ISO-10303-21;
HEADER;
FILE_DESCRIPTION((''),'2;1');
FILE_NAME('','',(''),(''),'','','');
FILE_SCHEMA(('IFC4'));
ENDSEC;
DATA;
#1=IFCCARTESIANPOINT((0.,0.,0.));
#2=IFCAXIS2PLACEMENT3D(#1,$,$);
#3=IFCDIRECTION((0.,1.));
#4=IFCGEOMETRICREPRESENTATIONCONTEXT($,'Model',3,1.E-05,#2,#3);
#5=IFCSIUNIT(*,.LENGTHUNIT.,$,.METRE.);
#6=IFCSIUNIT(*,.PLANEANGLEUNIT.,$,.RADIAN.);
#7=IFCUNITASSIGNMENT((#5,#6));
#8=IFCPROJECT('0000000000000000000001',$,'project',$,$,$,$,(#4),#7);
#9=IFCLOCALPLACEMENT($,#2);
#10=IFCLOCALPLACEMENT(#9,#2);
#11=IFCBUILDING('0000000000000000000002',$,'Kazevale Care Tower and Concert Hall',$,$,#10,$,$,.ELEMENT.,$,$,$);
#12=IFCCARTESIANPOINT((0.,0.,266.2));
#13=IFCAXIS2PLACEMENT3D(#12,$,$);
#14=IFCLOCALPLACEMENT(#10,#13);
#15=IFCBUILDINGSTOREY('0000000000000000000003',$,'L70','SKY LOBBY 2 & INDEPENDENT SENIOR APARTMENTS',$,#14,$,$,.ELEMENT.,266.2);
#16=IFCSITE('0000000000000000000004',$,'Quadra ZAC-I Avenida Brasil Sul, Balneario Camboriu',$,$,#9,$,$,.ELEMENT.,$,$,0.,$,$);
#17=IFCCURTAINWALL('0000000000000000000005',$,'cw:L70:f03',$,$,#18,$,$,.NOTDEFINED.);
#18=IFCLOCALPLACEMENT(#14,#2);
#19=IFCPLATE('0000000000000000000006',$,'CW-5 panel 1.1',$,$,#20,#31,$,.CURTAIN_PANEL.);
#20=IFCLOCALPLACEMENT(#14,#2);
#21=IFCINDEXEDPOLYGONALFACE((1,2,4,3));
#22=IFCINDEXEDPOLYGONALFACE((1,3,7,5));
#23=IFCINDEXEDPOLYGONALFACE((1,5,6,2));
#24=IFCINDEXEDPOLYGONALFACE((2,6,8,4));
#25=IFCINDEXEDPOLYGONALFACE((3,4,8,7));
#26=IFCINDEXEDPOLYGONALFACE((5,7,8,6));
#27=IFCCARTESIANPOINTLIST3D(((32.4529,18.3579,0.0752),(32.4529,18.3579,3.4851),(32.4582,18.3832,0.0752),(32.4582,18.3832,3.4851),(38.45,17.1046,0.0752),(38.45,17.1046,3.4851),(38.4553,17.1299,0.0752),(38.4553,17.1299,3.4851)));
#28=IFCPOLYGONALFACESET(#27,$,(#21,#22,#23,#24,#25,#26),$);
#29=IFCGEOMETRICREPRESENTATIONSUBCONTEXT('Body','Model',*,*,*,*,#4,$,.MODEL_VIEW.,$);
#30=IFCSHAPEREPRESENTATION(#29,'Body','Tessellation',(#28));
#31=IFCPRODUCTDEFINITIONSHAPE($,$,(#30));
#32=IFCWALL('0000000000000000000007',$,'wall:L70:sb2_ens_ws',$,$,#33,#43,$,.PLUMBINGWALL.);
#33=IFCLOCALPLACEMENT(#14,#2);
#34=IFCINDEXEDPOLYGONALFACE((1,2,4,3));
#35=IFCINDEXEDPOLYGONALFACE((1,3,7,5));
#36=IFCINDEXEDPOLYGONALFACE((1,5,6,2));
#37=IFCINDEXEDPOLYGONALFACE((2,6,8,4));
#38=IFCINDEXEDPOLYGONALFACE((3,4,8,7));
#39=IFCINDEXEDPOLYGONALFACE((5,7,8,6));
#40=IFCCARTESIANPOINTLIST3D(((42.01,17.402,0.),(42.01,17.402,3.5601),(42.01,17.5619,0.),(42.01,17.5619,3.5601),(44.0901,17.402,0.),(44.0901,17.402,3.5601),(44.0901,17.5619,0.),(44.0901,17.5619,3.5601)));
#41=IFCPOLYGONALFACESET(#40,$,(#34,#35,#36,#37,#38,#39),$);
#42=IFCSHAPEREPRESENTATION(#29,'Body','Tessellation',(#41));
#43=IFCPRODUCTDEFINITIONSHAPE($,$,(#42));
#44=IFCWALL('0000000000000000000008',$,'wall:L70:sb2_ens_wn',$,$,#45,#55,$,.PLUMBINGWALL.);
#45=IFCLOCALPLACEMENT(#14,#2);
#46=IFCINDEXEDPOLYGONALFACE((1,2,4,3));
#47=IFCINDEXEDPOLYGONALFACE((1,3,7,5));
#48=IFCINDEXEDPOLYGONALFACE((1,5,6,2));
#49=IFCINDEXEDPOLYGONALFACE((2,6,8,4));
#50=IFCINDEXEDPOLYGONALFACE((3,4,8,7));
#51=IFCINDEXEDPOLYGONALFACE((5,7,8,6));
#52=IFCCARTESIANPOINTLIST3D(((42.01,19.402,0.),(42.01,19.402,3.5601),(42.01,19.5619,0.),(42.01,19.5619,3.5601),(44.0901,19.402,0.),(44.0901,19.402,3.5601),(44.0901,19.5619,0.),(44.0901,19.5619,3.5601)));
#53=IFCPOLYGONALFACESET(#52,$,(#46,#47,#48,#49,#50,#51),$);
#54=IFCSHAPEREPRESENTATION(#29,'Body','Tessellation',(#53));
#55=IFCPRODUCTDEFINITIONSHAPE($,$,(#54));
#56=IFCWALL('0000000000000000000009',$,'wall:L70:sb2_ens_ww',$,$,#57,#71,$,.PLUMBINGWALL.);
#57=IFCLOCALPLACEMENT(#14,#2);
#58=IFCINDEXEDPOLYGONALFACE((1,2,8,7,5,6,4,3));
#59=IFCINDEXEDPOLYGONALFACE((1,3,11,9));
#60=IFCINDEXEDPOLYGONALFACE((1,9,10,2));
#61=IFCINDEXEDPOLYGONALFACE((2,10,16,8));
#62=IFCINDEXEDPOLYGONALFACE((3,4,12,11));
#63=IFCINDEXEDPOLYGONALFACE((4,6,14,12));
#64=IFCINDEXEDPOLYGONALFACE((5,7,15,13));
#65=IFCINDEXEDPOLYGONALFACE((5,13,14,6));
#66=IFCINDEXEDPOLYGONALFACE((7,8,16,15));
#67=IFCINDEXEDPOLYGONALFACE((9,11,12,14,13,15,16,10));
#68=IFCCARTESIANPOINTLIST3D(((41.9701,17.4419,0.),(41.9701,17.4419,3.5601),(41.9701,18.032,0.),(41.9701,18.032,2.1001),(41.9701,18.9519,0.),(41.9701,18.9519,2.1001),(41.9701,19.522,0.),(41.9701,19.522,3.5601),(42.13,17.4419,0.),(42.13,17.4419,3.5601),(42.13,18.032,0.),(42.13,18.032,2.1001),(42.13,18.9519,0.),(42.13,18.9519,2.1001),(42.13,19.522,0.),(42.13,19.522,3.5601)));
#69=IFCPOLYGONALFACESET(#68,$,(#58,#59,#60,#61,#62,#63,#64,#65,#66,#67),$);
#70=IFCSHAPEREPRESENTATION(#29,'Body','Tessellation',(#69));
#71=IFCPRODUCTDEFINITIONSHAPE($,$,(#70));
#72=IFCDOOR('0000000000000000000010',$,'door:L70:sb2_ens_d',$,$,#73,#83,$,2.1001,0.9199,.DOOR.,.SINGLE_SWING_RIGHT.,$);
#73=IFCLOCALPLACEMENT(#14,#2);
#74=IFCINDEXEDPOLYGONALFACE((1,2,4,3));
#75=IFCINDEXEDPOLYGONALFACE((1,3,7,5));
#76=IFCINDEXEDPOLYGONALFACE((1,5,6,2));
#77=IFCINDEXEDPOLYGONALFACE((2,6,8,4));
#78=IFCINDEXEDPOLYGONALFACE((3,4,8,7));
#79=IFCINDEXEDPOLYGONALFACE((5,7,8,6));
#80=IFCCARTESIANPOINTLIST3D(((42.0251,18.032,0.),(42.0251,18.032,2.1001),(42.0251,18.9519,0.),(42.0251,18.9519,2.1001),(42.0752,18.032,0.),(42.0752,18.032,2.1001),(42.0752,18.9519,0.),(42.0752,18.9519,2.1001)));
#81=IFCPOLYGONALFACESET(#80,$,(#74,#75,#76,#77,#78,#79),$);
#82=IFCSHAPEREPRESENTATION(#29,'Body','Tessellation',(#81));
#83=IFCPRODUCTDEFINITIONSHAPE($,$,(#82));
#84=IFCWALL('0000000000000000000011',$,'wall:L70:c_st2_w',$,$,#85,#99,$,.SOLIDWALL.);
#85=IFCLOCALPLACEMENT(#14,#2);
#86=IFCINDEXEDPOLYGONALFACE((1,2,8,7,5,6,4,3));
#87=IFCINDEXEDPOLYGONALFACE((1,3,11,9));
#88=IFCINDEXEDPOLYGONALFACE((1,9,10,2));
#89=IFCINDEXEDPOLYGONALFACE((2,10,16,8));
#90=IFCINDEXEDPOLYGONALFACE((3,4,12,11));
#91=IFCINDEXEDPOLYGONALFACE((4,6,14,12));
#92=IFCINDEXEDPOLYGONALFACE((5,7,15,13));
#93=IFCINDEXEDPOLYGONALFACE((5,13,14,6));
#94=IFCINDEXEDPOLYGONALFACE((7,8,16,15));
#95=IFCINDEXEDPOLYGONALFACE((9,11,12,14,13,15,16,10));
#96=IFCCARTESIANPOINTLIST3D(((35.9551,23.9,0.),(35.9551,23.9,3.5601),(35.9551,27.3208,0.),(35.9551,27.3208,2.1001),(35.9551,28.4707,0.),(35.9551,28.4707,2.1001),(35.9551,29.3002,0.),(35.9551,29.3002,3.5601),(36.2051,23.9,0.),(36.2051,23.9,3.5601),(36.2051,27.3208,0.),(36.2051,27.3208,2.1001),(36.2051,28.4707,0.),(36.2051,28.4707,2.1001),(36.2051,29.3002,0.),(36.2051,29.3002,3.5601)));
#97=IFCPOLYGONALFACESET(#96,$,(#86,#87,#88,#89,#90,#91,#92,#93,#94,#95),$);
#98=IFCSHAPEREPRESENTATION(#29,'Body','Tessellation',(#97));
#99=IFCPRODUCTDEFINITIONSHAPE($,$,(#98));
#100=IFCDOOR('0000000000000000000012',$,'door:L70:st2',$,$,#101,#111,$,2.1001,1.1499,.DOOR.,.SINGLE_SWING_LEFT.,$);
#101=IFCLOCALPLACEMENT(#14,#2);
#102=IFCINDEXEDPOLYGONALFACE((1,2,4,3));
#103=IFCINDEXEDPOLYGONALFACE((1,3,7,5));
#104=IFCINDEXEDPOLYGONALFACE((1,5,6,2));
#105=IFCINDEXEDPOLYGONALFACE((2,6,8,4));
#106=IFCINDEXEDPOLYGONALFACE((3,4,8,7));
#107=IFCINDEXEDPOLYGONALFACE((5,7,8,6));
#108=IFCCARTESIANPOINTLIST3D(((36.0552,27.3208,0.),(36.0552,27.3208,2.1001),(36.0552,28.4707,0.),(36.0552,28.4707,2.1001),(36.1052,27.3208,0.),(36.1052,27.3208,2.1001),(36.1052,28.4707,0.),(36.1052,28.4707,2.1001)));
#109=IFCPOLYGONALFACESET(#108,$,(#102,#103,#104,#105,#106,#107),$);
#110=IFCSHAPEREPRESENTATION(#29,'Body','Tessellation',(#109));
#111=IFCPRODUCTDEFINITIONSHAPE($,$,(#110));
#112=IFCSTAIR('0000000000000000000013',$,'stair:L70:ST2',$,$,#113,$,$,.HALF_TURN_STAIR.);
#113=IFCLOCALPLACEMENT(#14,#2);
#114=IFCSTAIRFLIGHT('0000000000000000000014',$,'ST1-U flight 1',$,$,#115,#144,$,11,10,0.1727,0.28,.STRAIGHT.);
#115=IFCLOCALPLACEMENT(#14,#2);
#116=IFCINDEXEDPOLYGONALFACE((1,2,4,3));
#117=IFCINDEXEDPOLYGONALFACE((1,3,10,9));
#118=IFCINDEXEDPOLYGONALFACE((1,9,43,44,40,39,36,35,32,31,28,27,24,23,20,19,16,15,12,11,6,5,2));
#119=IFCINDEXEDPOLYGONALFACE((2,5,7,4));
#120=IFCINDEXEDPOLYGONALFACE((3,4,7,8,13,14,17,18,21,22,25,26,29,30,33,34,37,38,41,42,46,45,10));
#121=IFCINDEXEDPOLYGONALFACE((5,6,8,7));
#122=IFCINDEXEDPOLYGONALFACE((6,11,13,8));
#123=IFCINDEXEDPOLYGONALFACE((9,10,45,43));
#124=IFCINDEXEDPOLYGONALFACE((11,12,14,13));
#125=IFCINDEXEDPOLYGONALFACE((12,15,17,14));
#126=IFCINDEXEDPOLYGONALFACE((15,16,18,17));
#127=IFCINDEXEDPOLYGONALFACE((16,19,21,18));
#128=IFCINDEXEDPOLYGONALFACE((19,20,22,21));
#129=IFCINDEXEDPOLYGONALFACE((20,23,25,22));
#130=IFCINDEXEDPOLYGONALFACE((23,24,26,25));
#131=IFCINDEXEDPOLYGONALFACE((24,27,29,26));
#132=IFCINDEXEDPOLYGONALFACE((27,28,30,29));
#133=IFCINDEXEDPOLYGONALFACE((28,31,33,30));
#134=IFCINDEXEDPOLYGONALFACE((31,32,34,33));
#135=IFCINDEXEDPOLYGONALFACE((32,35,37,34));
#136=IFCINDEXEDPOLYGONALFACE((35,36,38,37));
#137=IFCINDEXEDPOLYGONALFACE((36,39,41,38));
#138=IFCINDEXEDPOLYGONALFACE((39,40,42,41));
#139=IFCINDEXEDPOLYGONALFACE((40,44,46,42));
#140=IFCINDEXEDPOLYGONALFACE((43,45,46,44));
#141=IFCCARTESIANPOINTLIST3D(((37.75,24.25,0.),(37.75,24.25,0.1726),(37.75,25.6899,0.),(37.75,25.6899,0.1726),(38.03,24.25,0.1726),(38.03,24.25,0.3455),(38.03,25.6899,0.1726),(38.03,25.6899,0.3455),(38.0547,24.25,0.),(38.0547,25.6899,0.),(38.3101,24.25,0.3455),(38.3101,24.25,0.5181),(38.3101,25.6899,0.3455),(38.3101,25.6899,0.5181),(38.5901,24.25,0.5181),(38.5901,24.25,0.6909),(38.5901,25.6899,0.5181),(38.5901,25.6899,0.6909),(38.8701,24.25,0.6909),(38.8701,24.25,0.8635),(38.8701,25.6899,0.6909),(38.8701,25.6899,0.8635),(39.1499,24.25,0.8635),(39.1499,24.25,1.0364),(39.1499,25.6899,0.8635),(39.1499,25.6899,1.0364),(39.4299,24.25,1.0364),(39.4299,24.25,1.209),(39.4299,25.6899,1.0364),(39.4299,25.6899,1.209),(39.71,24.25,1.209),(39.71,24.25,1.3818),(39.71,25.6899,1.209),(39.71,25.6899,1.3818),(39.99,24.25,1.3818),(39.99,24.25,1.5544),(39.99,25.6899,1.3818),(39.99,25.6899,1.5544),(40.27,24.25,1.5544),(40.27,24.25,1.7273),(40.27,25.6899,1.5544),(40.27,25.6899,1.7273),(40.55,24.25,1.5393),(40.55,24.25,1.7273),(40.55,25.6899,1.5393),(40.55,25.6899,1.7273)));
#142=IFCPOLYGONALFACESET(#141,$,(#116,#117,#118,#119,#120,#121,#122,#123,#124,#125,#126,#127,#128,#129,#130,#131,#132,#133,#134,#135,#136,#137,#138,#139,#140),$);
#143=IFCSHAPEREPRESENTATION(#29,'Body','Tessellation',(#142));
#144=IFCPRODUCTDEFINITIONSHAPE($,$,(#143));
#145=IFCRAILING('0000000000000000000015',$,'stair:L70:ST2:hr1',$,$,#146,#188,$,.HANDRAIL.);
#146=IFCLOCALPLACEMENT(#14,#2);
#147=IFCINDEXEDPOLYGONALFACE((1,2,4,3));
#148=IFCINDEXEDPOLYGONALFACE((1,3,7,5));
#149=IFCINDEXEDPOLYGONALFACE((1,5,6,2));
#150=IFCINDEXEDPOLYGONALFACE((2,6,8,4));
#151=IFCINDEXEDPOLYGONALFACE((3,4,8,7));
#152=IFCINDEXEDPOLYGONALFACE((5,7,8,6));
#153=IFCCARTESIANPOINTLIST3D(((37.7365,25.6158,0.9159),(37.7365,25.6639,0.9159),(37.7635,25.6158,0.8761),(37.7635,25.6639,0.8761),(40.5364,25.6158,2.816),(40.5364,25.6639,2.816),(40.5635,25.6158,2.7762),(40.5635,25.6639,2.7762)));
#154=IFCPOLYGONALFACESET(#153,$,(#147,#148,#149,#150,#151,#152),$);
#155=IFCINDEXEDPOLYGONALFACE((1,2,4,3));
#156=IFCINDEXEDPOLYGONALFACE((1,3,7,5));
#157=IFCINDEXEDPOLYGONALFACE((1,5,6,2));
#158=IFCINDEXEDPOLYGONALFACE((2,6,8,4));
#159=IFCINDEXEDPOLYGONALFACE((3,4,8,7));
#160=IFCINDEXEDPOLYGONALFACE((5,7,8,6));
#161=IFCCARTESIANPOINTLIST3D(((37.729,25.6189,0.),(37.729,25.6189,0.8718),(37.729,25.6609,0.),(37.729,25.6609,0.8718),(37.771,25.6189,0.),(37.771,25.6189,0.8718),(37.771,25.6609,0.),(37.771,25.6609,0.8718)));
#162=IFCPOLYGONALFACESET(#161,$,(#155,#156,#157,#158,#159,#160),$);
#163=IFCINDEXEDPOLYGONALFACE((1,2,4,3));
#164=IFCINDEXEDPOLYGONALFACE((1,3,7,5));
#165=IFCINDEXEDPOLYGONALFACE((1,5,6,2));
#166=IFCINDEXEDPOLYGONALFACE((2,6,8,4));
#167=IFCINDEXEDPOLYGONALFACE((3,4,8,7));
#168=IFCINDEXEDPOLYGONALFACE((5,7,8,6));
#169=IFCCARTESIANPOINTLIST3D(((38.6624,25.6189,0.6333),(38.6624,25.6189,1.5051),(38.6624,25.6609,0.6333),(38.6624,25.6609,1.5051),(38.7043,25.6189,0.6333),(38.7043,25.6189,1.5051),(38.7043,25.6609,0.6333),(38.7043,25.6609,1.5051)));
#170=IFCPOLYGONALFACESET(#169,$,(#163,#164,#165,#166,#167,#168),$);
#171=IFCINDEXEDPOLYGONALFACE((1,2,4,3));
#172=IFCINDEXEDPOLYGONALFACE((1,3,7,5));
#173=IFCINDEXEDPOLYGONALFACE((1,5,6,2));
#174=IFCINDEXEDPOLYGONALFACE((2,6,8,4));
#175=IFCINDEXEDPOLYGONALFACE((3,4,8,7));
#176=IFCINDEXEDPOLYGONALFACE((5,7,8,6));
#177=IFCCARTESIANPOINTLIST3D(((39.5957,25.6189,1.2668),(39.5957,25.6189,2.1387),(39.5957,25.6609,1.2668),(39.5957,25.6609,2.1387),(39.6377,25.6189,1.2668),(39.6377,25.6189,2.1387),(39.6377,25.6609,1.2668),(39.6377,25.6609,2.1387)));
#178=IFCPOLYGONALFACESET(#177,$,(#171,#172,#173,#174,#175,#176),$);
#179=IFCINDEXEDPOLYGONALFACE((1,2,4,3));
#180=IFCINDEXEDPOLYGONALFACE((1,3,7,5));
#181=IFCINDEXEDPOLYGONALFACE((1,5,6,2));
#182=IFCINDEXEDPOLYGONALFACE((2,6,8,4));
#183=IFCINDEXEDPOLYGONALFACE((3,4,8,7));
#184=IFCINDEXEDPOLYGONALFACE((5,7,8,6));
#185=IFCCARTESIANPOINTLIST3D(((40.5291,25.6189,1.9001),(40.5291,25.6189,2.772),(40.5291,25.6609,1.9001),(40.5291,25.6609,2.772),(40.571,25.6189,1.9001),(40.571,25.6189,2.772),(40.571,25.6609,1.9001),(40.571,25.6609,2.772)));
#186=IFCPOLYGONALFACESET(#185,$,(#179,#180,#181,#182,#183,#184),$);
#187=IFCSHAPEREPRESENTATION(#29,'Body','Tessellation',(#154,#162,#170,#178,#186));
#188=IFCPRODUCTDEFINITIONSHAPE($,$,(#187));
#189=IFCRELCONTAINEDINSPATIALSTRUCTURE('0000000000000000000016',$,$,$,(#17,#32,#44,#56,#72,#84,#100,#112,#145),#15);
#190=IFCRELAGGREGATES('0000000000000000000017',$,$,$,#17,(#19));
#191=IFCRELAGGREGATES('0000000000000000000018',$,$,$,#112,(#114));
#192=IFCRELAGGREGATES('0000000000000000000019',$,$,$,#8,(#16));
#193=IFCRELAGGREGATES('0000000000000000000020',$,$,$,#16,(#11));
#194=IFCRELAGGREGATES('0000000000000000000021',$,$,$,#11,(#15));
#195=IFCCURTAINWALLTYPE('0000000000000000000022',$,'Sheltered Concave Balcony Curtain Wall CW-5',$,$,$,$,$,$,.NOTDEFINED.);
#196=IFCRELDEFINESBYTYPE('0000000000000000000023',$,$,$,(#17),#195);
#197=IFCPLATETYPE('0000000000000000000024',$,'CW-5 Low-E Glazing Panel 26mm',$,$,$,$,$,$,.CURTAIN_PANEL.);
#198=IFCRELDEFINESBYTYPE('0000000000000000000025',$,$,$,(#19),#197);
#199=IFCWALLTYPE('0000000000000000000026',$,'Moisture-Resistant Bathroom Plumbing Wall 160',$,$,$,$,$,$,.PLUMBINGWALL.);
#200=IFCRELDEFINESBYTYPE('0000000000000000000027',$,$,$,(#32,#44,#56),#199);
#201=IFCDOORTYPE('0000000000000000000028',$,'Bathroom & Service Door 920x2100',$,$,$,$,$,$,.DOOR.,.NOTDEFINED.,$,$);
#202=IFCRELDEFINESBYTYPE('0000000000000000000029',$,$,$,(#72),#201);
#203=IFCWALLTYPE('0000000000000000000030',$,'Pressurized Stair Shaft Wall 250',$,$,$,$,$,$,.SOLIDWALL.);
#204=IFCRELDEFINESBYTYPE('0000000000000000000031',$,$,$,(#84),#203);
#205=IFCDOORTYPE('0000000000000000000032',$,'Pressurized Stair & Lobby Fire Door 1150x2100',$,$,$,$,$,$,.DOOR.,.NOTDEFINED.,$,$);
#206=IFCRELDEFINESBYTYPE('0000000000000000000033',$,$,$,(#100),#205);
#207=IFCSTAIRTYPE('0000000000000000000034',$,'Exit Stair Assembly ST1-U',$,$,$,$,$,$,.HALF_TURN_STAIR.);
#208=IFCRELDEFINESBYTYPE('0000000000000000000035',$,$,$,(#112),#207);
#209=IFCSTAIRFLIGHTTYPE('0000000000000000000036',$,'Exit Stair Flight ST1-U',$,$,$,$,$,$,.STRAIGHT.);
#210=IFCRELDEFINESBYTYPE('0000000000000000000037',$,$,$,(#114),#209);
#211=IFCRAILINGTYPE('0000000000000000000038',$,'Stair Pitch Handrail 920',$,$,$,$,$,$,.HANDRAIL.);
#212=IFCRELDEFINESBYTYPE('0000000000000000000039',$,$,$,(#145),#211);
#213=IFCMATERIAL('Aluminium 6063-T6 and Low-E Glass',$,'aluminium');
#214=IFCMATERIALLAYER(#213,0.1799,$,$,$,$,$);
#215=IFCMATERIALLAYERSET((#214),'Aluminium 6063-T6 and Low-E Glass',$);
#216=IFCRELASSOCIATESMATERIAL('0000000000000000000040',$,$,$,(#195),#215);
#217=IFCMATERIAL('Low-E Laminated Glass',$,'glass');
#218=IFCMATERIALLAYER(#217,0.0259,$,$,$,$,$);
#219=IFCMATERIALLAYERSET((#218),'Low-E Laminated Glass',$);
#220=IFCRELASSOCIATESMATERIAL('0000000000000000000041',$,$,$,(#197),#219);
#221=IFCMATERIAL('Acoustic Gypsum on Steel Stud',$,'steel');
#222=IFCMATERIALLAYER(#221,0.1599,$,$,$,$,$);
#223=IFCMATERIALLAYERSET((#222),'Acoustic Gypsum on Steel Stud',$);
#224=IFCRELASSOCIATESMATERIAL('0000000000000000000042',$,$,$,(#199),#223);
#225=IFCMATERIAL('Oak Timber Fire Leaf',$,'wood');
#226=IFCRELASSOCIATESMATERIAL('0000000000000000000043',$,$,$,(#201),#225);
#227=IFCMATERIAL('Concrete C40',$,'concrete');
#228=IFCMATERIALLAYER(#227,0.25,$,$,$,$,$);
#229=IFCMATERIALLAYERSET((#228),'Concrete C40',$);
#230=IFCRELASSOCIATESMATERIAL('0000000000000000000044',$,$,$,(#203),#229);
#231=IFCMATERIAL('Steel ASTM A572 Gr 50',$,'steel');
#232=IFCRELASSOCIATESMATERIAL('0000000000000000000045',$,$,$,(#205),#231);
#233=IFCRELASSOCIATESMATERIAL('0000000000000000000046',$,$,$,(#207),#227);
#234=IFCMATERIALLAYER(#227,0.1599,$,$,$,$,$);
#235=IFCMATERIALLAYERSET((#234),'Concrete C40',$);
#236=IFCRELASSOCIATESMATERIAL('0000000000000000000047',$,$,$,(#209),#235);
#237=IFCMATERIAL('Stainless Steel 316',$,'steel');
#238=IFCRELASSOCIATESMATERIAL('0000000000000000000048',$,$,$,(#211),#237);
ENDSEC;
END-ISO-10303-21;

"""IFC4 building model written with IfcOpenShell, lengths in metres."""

from ifc_helpers import new_model, si_unit, direction, frame, frame_2d, origin, origin_2d, place, context, subcontext, project, spatial, polyline, rectangle, outline, extrude, material, layer, layer_set, type_object, element, fill, aggregate, save


model = new_model("IFC4")

# Units and contexts
model_context = context("Model", 3, precision=1e-05, world=origin(), true_north=direction((0.0, 1.0)))
body_context = subcontext(model_context, "Body", "Model", "MODEL_VIEW")
ifc_project = project(units=[si_unit("LENGTHUNIT", "METRE"), si_unit("PLANEANGLEUNIT", "RADIAN")], contexts=[model_context])

# Site, building, storey
site_placement = place(None, origin())
site = spatial("IfcSite", under=ifc_project, at=site_placement, Name="Quadra ZAC-I Avenida Brasil Sul, Balneario Camboriu", CompositionType="ELEMENT", RefElevation=0.0)
building_placement = place(site_placement, origin())
building = spatial("IfcBuilding", under=site, at=building_placement, Name="Kazevale Care Tower and Concert Hall", CompositionType="ELEMENT")
storey_placement = place(building_placement, frame((0.0, 0.0, 266.2)))
storey = spatial("IfcBuildingStorey", under=building, at=storey_placement, Name="L70", Description="SKY LOBBY 2 & INDEPENDENT SENIOR APARTMENTS", CompositionType="ELEMENT", Elevation=266.2)

# Shared definitions
ifc_material_1 = material(Name="Aluminium 6063-T6 and Low-E Glass", Category="aluminium")
ifc_layer_1 = layer(ifc_material_1, 0.1799)
ifc_layer_set_1 = layer_set([ifc_layer_1], Name="Aluminium 6063-T6 and Low-E Glass")
curtain_wall_type = type_object("IfcCurtainWallType", Name="Sheltered Concave Balcony Curtain Wall CW-5", PredefinedType="NOTDEFINED", material=ifc_layer_set_1)

# Curtain wall
curtain_wall_1_placement = place(storey_placement, origin())
curtain_wall_1 = element("IfcCurtainWall", 1, at=curtain_wall_1_placement, inside=storey, type_object=curtain_wall_type, Name="cw:L70:f03", PredefinedType="NOTDEFINED")

# Shared definitions
ifc_material_2 = material(Name="Steel ASTM A572 Gr 50", Category="steel")

# Plate
ifc_material_3 = material(Name="Low-E Laminated Glass", Category="glass")
ifc_layer_2 = layer(ifc_material_3, 0.0259)
ifc_layer_set_2 = layer_set([ifc_layer_2], Name="Low-E Laminated Glass")
plate_type = type_object("IfcPlateType", Name="CW-5 Low-E Glazing Panel 26mm", PredefinedType="CURTAIN_PANEL", material=ifc_layer_set_2)
plate_1_placement = place(storey_placement, frame((35.4541, 17.7439, 0.0752), z_axis=(0.0, 0.0, 1.0), x_axis=(-0.978853, 0.204565, 0.0)))
plate_1 = element("IfcPlate", 2, at=plate_1_placement, type_object=plate_type, Name="CW-5 panel 1.1", PredefinedType="CURTAIN_PANEL", context=body_context, shape_type="SweptSolid", body=[
    extrude(rectangle(XDim=6.1267, YDim=0.0259, at=origin_2d()), origin(), (0.0, 0.0, 1.0), 3.4099),
])
aggregate(curtain_wall_1, [plate_1])

# Walls
ifc_material_4 = material(Name="Acoustic Gypsum on Steel Stud", Category="steel")
ifc_layer_3 = layer(ifc_material_4, 0.1599)
ifc_layer_set_3 = layer_set([ifc_layer_3], Name="Acoustic Gypsum on Steel Stud")
wall_type_1 = type_object("IfcWallType", Name="Moisture-Resistant Bathroom Plumbing Wall 160", PredefinedType="PLUMBINGWALL", material=ifc_layer_set_3)
for number, where, z_axis, x_axis, name in (
    (3, (42.01, 17.4819, 0.0), (0.0, 0.0, 1.0), (1.0, 0.0, 0.0), "wall:L70:sb2_ens_ws"),
    (4, (42.01, 19.4819, 0.0), (0.0, 0.0, 1.0), (1.0, 0.0, 0.0), "wall:L70:sb2_ens_wn"),
):
    element("IfcWall", number, at=place(storey_placement, frame(where, z_axis=z_axis, x_axis=x_axis)), inside=storey, type_object=wall_type_1, Name=name, PredefinedType="PLUMBINGWALL", context=body_context, shape_type="SweptSolid", body=[
        extrude(rectangle(XDim=2.0801, YDim=0.1599, at=frame_2d((1.04, 0.0))), origin(), (0.0, 0.0, 1.0), 3.5601),
    ])

# Walls, openings, doors
wall_1_placement = place(storey_placement, frame((42.05, 17.4419, 0.0), z_axis=(0.0, 0.0, 1.0), x_axis=(0.0, 1.0, 0.0)))
wall_1 = element("IfcWall", 5, at=wall_1_placement, inside=storey, type_object=wall_type_1, Name="wall:L70:sb2_ens_ww", PredefinedType="PLUMBINGWALL", context=body_context, shape_type="SweptSolid", body=[
    extrude(rectangle(XDim=2.0801, YDim=0.1599, at=frame_2d((1.04, 0.0))), origin(), (0.0, 0.0, 1.0), 3.5601),
])
opening_1_placement = place(wall_1_placement, frame((0.5901, 0.0, 0.0)))
opening_1 = element("IfcOpeningElement", 6, at=opening_1_placement, cuts=wall_1, PredefinedType="OPENING", context=body_context, shape_type="SweptSolid", body=[
    extrude(rectangle(XDim=0.9199, YDim=2.1001, at=frame_2d((0.46, 1.05))), frame((0.0, 0.0898, 0.0), z_axis=(0.0, -1.0, 0.0), x_axis=(1.0, 0.0, 0.0)), (0.0, 0.0, 1.0), 0.1799),
])
ifc_material_5 = material(Name="Oak Timber Fire Leaf", Category="wood")
door_type_1 = type_object("IfcDoorType", Name="Bathroom & Service Door 920x2100", OperationType="NOTDEFINED", PredefinedType="DOOR", material=ifc_material_5)
door_1_placement = place(opening_1_placement, origin())
door_1 = element("IfcDoor", 7, at=door_1_placement, inside=storey, type_object=door_type_1, Name="door:L70:sb2_ens_d", OperationType="SINGLE_SWING_RIGHT", OverallHeight=2.1001, OverallWidth=0.9199, PredefinedType="DOOR", context=body_context, shape_type="SweptSolid", body=[
    extrude(rectangle(XDim=0.9199, YDim=2.1001, at=frame_2d((0.46, 1.05))), frame((0.0, 0.0249, 0.0), z_axis=(0.0, -1.0, 0.0), x_axis=(1.0, 0.0, 0.0)), (0.0, 0.0, 1.0), 0.05),
])
fill(opening_1, door_1)
ifc_material_6 = material(Name="Concrete C40", Category="concrete")
ifc_layer_4 = layer(ifc_material_6, 0.25)
ifc_layer_set_4 = layer_set([ifc_layer_4], Name="Concrete C40")
wall_type_2 = type_object("IfcWallType", Name="Pressurized Stair Shaft Wall 250", PredefinedType="SOLIDWALL", material=ifc_layer_set_4)
wall_2_placement = place(storey_placement, frame((36.0801, 23.8999, 0.0), z_axis=(0.0, 0.0, 1.0), x_axis=(0.0, 1.0, 0.0)))
wall_2 = element("IfcWall", 8, at=wall_2_placement, inside=storey, type_object=wall_type_2, Name="wall:L70:c_st2_w", PredefinedType="SOLIDWALL", context=body_context, shape_type="SweptSolid", body=[
    extrude(rectangle(XDim=5.4001, YDim=0.25, at=frame_2d((2.7002, 0.0))), origin(), (0.0, 0.0, 1.0), 3.5601),
])
opening_2_placement = place(wall_2_placement, frame((3.4209, 0.0, 0.0)))
opening_2 = element("IfcOpeningElement", 9, at=opening_2_placement, cuts=wall_2, PredefinedType="OPENING", context=body_context, shape_type="SweptSolid", body=[
    extrude(rectangle(XDim=1.1499, YDim=2.1001, at=frame_2d((0.575, 1.05))), frame((0.0, 0.135, 0.0), z_axis=(0.0, -1.0, 0.0), x_axis=(1.0, 0.0, 0.0)), (0.0, 0.0, 1.0), 0.27),
])
door_type_2 = type_object("IfcDoorType", Name="Pressurized Stair & Lobby Fire Door 1150x2100", OperationType="NOTDEFINED", PredefinedType="DOOR", material=ifc_material_2)
door_2_placement = place(opening_2_placement, origin())
door_2 = element("IfcDoor", 10, at=door_2_placement, inside=storey, type_object=door_type_2, Name="door:L70:st2", OperationType="SINGLE_SWING_LEFT", OverallHeight=2.1001, OverallWidth=1.1499, PredefinedType="DOOR", context=body_context, shape_type="SweptSolid", body=[
    extrude(rectangle(XDim=1.1499, YDim=2.1001, at=frame_2d((0.575, 1.05))), frame((0.0, 0.0249, 0.0), z_axis=(0.0, -1.0, 0.0), x_axis=(1.0, 0.0, 0.0)), (0.0, 0.0, 1.0), 0.05),
])
fill(opening_2, door_2)

# Stair, stair flight
stair_type = type_object("IfcStairType", Name="Exit Stair Assembly ST1-U", PredefinedType="HALF_TURN_STAIR", material=ifc_material_6)
stair_placement = place(storey_placement, origin())
stair = element("IfcStair", 11, at=stair_placement, inside=storey, type_object=stair_type, Name="stair:L70:ST2", PredefinedType="HALF_TURN_STAIR")
ifc_layer_5 = layer(ifc_material_6, 0.1599)
ifc_layer_set_5 = layer_set([ifc_layer_5], Name="Concrete C40")
stair_flight_type = type_object("IfcStairFlightType", Name="Exit Stair Flight ST1-U", PredefinedType="STRAIGHT", material=ifc_layer_set_5)
stair_flight_placement = place(storey_placement, frame((37.75, 24.97, 0.0), z_axis=(0.0, 0.0, 1.0), x_axis=(1.0, 0.0, 0.0)))
stair_flight = element("IfcStairFlight", 12, at=stair_flight_placement, type_object=stair_flight_type, Name="ST1-U flight 1", NumberOfRisers=11, NumberOfTreads=10, PredefinedType="STRAIGHT", RiserHeight=0.1727, TreadLength=0.28, context=body_context, shape_type="SweptSolid", body=[
    extrude(outline(polyline([(0.0, 0.0), (0.0, 0.1726), (0.28, 0.1726), (0.28, 0.3455), (0.5601, 0.3455), (0.5601, 0.5181), (0.8401, 0.5181), (0.8401, 0.6909), (1.1201, 0.6909), (1.1201, 0.8635), (1.3999, 0.8635), (1.3999, 1.0364), (1.6799, 1.0364), (1.6799, 1.209), (1.96, 1.209), (1.96, 1.3818), (2.24, 1.3818), (2.24, 1.5544), (2.52, 1.5544), (2.52, 1.7273), (2.8, 1.7273), (2.8, 1.8999), (2.8, 1.5393), (0.3047, 0.0), (0.0, 0.0)])), frame((0.0, 0.72, 0.0), z_axis=(0.0, -1.0, 0.0), x_axis=(1.0, 0.0, 0.0)), (0.0, 0.0, 1.0), 1.4399),
])
aggregate(stair, [stair_flight])

# Railing
ifc_material_7 = material(Name="Stainless Steel 316", Category="steel")
railing_type_1 = type_object("IfcRailingType", Name="Stair Pitch Handrail 920", PredefinedType="HANDRAIL", material=ifc_material_7)
railing_1_placement = place(storey_placement, frame((37.75, 25.6399, 0.0)))
element("IfcRailing", 13, at=railing_1_placement, inside=storey, type_object=railing_type_1, Name="stair:L70:ST2:hr1", PredefinedType="HANDRAIL", context=body_context, shape_type="SweptSolid", body=[
    extrude(rectangle(XDim=0.0481, YDim=0.0481, at=origin_2d()), frame((0.0, 0.0, 0.896), z_axis=(0.82746, 0.0, 0.561524), x_axis=(0.0, 1.0, 0.0)), (0.0, 0.0, 1.0), 3.3838),
    extrude(rectangle(XDim=0.042, YDim=0.042, at=origin_2d()), origin(), (0.0, 0.0, 1.0), 0.8718),
    extrude(rectangle(XDim=0.042, YDim=0.042, at=origin_2d()), frame((0.9333, 0.0, 0.6333)), (0.0, 0.0, 1.0), 0.8718),
    extrude(rectangle(XDim=0.042, YDim=0.042, at=origin_2d()), frame((1.8667, 0.0, 1.2668)), (0.0, 0.0, 1.0), 0.8718),
    extrude(rectangle(XDim=0.042, YDim=0.042, at=origin_2d()), frame((2.8, 0.0, 1.9001)), (0.0, 0.0, 1.0), 0.8718),
])

save(model, "model.ifc")
